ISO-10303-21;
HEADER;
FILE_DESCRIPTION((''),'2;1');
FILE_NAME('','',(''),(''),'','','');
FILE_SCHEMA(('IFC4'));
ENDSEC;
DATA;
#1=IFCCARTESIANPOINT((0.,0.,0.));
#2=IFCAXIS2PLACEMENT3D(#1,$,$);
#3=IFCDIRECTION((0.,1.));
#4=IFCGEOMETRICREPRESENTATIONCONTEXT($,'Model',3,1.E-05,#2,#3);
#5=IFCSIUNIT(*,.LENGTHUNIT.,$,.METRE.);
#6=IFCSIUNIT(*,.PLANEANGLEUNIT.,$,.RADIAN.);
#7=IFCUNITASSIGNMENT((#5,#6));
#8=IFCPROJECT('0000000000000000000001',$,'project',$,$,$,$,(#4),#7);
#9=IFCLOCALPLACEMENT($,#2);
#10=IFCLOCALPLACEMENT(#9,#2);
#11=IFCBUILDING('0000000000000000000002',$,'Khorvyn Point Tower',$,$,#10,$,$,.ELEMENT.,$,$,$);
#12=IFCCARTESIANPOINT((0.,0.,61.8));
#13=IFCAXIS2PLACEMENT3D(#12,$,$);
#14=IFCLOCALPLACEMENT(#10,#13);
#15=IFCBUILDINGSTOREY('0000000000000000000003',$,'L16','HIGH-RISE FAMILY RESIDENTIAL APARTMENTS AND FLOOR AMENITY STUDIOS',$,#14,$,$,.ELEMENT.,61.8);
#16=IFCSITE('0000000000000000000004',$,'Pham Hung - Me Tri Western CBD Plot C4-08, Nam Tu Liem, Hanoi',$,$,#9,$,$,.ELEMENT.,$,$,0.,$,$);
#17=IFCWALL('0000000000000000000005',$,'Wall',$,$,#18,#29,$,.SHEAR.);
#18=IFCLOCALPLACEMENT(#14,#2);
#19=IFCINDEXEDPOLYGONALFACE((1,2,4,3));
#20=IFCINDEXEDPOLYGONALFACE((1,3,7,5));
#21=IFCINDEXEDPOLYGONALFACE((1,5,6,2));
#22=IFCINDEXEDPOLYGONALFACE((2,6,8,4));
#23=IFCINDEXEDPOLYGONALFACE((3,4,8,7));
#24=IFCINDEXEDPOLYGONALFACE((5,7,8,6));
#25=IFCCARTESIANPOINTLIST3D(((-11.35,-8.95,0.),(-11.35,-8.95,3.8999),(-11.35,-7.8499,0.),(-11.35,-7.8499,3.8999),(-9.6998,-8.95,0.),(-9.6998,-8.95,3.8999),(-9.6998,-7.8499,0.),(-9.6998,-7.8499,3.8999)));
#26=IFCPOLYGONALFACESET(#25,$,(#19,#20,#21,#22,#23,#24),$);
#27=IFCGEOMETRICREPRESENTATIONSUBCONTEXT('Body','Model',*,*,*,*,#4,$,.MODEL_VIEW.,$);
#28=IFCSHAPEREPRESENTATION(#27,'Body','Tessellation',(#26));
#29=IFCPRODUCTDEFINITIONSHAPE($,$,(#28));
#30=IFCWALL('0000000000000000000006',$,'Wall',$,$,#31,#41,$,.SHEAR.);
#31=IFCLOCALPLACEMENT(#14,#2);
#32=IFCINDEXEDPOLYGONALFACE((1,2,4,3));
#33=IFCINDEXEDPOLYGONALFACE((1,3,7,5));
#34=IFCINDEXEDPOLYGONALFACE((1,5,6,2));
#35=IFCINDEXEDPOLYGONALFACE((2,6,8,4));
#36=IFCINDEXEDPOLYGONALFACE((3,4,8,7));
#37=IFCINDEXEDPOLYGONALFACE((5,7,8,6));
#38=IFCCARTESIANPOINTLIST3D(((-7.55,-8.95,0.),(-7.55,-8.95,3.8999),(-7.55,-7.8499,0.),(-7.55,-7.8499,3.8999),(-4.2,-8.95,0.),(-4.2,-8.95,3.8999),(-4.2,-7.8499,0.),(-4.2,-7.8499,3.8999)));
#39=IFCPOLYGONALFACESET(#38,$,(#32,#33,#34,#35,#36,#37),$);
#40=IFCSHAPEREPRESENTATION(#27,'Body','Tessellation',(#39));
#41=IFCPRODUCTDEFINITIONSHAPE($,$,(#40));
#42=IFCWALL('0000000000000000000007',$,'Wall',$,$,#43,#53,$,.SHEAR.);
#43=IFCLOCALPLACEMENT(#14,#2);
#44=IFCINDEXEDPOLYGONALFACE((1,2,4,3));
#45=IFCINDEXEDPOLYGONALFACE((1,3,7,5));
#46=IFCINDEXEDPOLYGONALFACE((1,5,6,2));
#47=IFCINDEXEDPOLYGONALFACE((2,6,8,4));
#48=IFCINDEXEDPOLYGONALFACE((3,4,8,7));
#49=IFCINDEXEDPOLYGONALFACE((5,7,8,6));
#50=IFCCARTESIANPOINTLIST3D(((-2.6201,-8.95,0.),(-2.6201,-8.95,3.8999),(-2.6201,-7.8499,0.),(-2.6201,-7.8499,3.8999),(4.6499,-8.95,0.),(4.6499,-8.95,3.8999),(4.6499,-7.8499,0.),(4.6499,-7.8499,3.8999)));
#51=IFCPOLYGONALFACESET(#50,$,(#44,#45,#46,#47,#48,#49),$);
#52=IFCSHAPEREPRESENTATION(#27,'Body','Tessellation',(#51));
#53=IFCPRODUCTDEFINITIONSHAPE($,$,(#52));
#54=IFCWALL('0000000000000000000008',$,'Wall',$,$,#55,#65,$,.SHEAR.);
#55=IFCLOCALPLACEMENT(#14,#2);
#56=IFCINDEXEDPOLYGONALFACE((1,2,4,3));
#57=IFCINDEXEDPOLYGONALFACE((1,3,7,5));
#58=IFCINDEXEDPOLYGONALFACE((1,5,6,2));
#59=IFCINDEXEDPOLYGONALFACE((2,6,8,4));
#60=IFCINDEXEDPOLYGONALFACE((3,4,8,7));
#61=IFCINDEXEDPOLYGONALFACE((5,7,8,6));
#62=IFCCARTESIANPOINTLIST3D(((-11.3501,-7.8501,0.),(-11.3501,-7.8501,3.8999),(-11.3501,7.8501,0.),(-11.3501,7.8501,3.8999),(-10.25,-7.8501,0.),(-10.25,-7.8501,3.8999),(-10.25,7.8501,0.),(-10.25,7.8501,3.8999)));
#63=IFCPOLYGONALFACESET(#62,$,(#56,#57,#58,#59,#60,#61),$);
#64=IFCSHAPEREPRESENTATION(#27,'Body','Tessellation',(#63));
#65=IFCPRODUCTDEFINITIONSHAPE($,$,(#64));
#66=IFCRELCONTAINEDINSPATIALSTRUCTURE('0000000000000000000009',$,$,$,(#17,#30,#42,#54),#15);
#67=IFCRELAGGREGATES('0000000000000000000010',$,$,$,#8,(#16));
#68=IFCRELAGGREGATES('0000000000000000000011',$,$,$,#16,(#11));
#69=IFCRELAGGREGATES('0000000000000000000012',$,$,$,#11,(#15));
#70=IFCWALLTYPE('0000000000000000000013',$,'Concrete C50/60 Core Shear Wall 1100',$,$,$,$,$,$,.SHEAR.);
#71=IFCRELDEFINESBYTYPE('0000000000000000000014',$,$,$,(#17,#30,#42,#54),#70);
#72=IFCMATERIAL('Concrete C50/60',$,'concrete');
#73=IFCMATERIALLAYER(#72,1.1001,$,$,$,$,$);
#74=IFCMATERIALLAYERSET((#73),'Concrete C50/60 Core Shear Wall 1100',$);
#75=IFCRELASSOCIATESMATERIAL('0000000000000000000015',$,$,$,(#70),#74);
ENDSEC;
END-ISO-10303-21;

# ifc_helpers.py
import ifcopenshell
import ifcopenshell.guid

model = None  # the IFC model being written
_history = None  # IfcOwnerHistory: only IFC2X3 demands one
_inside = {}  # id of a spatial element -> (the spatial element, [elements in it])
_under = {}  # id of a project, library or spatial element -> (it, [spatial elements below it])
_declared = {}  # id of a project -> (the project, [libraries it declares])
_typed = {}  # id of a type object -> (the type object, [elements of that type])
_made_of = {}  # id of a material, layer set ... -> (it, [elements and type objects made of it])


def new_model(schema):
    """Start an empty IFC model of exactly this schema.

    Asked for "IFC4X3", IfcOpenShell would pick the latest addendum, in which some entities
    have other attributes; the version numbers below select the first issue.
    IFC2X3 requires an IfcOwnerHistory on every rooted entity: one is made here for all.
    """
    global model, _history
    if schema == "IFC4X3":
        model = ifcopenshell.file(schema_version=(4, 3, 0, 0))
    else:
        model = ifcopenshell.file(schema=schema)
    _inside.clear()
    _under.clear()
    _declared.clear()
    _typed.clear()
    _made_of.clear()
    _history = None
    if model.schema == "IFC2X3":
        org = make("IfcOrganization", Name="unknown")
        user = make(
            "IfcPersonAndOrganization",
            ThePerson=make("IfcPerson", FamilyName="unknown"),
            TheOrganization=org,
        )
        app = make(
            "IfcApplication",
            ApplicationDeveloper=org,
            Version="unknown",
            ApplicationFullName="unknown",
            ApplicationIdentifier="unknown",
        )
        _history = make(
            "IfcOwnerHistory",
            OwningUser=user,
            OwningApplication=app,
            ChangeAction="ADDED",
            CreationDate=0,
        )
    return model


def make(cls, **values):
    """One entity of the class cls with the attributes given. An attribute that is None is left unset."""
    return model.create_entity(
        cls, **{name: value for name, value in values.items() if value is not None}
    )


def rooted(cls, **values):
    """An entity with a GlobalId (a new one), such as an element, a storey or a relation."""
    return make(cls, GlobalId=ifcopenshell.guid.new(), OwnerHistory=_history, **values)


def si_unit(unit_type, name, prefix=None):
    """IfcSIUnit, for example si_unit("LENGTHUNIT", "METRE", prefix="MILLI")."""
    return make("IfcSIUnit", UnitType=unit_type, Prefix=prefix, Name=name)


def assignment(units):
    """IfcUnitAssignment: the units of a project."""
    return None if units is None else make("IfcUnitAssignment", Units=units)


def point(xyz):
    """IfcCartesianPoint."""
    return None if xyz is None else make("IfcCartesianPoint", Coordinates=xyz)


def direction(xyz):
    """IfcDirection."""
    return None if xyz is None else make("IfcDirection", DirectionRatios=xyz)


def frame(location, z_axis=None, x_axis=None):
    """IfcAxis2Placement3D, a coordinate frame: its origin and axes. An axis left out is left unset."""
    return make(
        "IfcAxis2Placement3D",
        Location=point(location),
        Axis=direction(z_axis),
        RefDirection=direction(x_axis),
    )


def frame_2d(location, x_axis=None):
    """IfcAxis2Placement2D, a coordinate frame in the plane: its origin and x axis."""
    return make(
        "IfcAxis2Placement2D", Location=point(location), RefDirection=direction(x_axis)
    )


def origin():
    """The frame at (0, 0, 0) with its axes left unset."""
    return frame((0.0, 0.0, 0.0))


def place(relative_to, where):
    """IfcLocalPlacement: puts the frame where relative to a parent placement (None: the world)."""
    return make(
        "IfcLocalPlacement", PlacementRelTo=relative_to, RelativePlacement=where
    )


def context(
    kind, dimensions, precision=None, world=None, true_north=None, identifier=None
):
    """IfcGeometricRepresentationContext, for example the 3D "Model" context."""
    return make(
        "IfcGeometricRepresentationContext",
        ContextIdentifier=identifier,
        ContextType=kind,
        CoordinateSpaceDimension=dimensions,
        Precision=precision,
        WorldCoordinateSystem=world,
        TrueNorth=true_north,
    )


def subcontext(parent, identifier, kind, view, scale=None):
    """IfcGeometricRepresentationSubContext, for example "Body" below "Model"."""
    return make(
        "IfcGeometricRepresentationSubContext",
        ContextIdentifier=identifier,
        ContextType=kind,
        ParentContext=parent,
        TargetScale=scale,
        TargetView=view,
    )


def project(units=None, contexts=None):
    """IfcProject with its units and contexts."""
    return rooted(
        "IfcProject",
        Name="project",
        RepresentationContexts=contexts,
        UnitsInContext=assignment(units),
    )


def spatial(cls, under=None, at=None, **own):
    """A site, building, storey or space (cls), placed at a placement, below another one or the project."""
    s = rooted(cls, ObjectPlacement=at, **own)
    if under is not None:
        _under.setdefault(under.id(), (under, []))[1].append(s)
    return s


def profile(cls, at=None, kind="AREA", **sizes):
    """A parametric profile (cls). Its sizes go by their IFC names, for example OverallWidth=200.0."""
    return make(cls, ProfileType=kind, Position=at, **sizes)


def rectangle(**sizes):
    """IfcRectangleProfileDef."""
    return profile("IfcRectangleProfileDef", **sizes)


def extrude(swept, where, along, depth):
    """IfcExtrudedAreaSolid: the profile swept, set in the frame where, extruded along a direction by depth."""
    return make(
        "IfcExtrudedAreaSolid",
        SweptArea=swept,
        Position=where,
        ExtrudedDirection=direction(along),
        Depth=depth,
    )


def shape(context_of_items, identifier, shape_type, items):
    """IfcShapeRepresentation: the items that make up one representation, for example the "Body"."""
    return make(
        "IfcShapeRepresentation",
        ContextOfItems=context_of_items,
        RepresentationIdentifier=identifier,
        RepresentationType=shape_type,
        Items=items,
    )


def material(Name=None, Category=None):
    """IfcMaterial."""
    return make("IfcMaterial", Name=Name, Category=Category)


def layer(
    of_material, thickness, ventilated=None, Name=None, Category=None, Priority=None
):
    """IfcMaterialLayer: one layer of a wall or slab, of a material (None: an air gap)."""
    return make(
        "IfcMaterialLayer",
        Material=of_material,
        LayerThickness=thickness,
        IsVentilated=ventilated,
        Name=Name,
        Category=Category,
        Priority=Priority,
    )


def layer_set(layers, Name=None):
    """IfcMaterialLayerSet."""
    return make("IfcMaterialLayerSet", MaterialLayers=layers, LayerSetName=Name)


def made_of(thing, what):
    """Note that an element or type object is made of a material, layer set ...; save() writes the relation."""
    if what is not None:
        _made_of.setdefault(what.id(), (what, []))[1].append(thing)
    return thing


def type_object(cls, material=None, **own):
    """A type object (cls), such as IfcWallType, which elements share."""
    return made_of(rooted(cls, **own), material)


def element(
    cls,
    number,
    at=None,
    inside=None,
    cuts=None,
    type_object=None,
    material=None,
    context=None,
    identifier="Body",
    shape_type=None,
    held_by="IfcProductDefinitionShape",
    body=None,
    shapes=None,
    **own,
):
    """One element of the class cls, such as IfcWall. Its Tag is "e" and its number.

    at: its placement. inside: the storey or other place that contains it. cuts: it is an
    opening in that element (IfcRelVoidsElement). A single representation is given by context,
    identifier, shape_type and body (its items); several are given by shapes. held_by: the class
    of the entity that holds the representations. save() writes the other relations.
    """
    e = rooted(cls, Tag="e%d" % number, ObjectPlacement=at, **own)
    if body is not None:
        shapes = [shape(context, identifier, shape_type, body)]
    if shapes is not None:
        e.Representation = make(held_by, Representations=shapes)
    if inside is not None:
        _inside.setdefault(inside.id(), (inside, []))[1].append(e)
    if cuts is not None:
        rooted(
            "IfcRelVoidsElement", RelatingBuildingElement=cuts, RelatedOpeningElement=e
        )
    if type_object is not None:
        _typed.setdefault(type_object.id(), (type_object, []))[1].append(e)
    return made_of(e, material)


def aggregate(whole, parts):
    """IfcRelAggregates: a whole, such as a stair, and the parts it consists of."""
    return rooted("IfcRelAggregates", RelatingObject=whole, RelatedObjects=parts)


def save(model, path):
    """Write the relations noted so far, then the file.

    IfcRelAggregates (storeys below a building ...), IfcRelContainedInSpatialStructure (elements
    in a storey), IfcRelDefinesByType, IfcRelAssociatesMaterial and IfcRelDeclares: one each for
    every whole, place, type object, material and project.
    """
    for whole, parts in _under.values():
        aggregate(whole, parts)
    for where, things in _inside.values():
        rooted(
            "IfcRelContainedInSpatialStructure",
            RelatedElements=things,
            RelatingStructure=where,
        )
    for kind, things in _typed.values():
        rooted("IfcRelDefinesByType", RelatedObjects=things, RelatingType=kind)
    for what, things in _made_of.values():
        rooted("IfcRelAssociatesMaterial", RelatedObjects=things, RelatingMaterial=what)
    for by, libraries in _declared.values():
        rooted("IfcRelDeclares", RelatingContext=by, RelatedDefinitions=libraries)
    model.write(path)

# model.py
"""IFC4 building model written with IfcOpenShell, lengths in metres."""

from ifc_helpers import new_model, si_unit, direction, frame, frame_2d, origin, place, context, subcontext, project, spatial, rectangle, extrude, material, layer, layer_set, type_object, element, save


model = new_model("IFC4")

# Units and contexts
model_context = context("Model", 3, precision=1e-05, world=origin(), true_north=direction((0.0, 1.0)))
body_context = subcontext(model_context, "Body", "Model", "MODEL_VIEW")
ifc_project = project(units=[si_unit("LENGTHUNIT", "METRE"), si_unit("PLANEANGLEUNIT", "RADIAN")], contexts=[model_context])

# Site, building, storey
site_placement = place(None, origin())
site = spatial("IfcSite", under=ifc_project, at=site_placement, Name="Pham Hung - Me Tri Western CBD Plot C4-08, Nam Tu Liem, Hanoi", CompositionType="ELEMENT", RefElevation=0.0)
building_placement = place(site_placement, origin())
building = spatial("IfcBuilding", under=site, at=building_placement, Name="Khorvyn Point Tower", CompositionType="ELEMENT")
storey_placement = place(building_placement, frame((0.0, 0.0, 61.8)))
storey = spatial("IfcBuildingStorey", under=building, at=storey_placement, Name="L16", Description="HIGH-RISE FAMILY RESIDENTIAL APARTMENTS AND FLOOR AMENITY STUDIOS", CompositionType="ELEMENT", Elevation=61.8)

# Shared definitions
ifc_material_1 = material(Name="Concrete C50/60", Category="concrete")

# Walls
ifc_layer_1 = layer(ifc_material_1, 1.1001)
ifc_layer_set_1 = layer_set([ifc_layer_1], Name="Concrete C50/60 Core Shear Wall 1100")
wall_type_1 = type_object("IfcWallType", Name="Concrete C50/60 Core Shear Wall 1100", PredefinedType="SHEAR", material=ifc_layer_set_1)
wall_1_placement = place(storey_placement, frame((-11.3501, -8.3999, 0.0), z_axis=(0.0, 0.0, 1.0), x_axis=(1.0, 0.0, 0.0)))
element("IfcWall", 1, at=wall_1_placement, inside=storey, type_object=wall_type_1, Name="Wall", PredefinedType="SHEAR", context=body_context, shape_type="SweptSolid", body=[
    extrude(rectangle(XDim=1.6501, YDim=1.1001, at=frame_2d((0.8252, 0.0))), origin(), (0.0, 0.0, 1.0), 3.8999),
])
wall_2_placement = place(storey_placement, frame((-7.55, -8.3999, 0.0), z_axis=(0.0, 0.0, 1.0), x_axis=(1.0, 0.0, 0.0)))
element("IfcWall", 2, at=wall_2_placement, inside=storey, type_object=wall_type_1, Name="Wall", PredefinedType="SHEAR", context=body_context, shape_type="SweptSolid", body=[
    extrude(rectangle(XDim=3.3501, YDim=1.1001, at=frame_2d((1.675, 0.0))), origin(), (0.0, 0.0, 1.0), 3.8999),
])
wall_3_placement = place(storey_placement, frame((-2.6201, -8.3999, 0.0), z_axis=(0.0, 0.0, 1.0), x_axis=(1.0, 0.0, 0.0)))
element("IfcWall", 3, at=wall_3_placement, inside=storey, type_object=wall_type_1, Name="Wall", PredefinedType="SHEAR", context=body_context, shape_type="SweptSolid", body=[
    extrude(rectangle(XDim=7.27, YDim=1.1001, at=frame_2d((3.635, 0.0))), origin(), (0.0, 0.0, 1.0), 3.8999),
])
wall_4_placement = place(storey_placement, frame((-10.8, -7.8501, 0.0), z_axis=(0.0, 0.0, 1.0), x_axis=(0.0, 1.0, 0.0)))
element("IfcWall", 4, at=wall_4_placement, inside=storey, type_object=wall_type_1, Name="Wall", PredefinedType="SHEAR", context=body_context, shape_type="SweptSolid", body=[
    extrude(rectangle(XDim=15.7002, YDim=1.1001, at=frame_2d((7.8501, 0.0))), origin(), (0.0, 0.0, 1.0), 3.8999),
])

save(model, "model.ifc")
